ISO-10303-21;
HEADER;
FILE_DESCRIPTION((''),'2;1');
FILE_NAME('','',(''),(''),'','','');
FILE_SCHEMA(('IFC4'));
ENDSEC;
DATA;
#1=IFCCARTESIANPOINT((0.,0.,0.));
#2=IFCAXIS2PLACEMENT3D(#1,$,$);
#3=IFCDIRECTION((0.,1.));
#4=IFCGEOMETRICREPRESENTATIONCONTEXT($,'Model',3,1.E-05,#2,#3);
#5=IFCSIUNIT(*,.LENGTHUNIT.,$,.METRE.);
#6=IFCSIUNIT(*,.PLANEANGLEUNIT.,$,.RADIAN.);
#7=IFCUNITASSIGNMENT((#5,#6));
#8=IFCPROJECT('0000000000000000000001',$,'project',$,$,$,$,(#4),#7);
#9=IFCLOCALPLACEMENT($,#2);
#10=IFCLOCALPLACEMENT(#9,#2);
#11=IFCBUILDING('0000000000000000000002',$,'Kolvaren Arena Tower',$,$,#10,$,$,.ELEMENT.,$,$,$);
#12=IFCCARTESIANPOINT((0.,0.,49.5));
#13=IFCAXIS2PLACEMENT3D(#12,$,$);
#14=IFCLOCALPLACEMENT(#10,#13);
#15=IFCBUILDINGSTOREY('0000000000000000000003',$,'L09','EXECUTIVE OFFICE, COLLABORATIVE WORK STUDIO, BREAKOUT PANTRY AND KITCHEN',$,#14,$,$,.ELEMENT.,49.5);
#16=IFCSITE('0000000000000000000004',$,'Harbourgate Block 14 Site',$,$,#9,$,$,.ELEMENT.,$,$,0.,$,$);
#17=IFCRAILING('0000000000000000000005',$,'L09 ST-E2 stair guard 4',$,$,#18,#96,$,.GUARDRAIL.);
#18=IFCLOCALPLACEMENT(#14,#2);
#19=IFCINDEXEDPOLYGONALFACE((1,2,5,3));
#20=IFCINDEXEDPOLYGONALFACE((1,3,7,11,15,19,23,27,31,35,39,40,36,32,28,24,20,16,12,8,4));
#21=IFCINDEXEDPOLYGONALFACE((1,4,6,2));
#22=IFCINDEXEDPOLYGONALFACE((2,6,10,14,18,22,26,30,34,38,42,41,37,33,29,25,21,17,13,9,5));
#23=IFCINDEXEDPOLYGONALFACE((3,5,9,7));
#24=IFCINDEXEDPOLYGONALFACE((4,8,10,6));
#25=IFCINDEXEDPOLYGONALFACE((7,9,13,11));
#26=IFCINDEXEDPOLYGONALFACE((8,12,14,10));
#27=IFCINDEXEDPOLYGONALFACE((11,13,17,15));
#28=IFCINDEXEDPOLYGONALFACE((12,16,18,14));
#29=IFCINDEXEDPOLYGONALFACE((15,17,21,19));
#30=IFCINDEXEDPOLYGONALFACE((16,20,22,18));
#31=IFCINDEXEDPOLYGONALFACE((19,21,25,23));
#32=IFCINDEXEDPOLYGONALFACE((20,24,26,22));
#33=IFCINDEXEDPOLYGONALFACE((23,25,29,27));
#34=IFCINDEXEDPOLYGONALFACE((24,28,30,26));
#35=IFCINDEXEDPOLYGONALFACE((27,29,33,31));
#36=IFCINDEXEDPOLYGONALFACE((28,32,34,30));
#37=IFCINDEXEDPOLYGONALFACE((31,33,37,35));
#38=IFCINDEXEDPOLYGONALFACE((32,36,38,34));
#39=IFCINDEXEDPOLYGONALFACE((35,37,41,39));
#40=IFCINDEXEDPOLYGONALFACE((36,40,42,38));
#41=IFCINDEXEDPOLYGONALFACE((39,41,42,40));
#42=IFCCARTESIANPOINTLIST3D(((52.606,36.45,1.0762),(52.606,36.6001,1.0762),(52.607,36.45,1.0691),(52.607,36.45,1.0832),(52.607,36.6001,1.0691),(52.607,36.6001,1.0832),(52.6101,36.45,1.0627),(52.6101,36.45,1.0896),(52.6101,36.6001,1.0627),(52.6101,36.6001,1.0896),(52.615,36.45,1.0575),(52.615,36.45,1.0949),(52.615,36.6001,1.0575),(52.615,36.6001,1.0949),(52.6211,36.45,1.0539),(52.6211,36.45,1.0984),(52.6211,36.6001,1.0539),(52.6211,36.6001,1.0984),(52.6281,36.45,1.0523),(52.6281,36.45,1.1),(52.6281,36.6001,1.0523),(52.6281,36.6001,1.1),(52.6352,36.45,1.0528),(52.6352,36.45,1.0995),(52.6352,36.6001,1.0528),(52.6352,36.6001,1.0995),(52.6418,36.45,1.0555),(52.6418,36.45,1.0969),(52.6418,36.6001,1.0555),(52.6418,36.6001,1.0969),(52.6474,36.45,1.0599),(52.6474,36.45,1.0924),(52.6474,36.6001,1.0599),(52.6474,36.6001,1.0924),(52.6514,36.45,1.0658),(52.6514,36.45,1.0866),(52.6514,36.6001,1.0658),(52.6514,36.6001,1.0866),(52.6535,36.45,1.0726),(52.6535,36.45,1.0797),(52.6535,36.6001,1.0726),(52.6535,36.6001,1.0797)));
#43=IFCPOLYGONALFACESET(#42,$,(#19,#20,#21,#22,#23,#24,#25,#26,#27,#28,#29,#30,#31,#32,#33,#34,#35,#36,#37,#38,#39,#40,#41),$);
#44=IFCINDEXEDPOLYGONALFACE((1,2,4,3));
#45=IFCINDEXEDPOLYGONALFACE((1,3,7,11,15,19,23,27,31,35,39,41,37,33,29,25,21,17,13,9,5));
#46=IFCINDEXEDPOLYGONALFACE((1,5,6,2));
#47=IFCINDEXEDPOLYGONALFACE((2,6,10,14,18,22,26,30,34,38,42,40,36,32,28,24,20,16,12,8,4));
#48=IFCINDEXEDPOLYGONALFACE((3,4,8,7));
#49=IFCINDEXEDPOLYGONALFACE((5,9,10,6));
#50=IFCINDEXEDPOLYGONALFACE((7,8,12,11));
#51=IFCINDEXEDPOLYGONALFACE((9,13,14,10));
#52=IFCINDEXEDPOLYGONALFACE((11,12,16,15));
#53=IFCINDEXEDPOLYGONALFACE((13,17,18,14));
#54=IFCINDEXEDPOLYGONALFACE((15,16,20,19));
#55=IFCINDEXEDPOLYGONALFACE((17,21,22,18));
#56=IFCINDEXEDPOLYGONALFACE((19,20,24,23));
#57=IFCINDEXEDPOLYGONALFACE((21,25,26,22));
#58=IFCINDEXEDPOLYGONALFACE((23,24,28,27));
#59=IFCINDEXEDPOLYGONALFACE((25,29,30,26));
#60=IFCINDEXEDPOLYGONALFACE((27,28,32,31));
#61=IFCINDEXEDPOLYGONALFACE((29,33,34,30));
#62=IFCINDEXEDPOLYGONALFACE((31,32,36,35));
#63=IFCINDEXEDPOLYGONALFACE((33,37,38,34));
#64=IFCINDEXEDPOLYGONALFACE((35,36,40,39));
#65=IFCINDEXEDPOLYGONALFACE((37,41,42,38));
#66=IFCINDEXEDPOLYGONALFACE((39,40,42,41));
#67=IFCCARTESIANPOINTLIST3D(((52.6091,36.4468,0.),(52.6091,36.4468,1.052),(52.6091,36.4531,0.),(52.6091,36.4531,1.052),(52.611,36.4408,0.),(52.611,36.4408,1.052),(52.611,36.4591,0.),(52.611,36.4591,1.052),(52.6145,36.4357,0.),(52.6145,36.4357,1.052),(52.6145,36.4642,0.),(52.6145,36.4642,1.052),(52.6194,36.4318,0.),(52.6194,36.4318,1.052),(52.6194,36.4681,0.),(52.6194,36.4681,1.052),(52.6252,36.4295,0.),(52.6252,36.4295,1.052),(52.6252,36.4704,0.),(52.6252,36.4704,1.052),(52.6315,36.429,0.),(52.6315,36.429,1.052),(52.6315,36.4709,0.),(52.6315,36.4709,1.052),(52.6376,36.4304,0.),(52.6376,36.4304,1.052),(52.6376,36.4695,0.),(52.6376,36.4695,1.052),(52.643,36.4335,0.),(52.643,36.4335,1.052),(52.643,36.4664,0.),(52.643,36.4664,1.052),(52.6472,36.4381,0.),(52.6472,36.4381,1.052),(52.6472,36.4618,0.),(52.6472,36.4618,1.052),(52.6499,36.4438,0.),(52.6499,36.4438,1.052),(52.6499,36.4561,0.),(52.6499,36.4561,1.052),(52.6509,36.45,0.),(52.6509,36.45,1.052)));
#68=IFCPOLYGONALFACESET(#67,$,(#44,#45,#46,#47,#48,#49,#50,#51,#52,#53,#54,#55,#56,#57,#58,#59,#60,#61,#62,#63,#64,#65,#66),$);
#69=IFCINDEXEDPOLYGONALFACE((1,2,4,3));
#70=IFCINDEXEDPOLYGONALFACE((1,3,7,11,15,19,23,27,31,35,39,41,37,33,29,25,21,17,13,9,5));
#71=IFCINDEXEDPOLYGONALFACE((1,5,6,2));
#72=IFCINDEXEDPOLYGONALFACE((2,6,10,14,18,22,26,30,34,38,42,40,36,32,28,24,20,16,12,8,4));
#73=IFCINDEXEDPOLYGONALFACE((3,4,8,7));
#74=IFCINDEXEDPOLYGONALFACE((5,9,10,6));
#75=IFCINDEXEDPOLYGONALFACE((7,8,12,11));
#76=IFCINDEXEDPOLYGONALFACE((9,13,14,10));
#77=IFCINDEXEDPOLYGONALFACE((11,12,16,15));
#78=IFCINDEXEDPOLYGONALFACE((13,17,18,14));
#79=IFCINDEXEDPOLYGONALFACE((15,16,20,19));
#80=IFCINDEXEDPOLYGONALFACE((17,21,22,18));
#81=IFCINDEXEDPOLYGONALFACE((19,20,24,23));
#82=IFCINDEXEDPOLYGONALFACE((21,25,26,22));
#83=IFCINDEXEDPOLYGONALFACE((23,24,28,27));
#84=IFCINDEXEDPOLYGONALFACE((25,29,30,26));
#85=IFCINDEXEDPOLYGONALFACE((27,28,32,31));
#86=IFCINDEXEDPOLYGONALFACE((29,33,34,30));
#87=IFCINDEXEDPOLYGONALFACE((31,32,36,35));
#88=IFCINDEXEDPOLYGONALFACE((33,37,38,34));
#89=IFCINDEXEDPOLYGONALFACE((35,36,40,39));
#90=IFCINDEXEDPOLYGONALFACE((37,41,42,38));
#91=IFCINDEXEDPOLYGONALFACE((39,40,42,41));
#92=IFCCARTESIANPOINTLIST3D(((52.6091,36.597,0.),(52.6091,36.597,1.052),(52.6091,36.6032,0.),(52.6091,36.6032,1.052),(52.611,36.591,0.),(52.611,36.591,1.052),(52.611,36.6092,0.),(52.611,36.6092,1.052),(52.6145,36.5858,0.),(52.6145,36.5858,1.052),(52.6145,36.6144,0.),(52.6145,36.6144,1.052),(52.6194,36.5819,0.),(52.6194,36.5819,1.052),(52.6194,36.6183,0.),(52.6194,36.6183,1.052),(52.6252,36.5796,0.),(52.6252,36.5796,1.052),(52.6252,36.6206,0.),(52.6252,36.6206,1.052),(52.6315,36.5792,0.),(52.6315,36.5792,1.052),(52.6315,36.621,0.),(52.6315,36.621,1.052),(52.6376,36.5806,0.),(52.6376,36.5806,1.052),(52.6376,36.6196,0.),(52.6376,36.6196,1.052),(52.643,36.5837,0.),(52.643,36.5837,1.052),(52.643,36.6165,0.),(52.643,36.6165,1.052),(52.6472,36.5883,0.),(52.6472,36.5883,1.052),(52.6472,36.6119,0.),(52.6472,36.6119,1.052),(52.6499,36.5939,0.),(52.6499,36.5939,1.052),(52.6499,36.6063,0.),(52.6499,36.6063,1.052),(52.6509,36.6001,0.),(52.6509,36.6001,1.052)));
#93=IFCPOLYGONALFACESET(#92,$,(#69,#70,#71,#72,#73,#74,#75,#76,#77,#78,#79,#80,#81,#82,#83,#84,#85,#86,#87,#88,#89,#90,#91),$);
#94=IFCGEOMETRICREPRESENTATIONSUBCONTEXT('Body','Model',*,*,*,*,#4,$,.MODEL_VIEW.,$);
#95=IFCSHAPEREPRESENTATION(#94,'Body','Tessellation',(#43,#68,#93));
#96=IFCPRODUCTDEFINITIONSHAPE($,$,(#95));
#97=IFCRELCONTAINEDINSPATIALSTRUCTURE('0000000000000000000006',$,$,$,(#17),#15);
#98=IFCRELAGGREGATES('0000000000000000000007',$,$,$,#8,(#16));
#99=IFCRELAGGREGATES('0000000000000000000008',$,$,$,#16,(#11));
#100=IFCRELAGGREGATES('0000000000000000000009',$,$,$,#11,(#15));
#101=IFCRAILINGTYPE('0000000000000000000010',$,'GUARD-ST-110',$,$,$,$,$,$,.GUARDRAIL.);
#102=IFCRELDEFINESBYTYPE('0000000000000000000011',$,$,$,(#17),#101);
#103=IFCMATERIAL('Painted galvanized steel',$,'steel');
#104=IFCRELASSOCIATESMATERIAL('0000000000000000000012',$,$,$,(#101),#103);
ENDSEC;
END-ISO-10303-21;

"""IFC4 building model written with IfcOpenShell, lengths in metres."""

from ifc_helpers import new_model, si_unit, direction, frame, origin, origin_2d, place, context, subcontext, project, spatial, circle, extrude, material, type_object, element, save


model = new_model("IFC4")

# Units and contexts
model_context = context("Model", 3, precision=1e-05, world=origin(), true_north=direction((0.0, 1.0)))
body_context = subcontext(model_context, "Body", "Model", "MODEL_VIEW")
ifc_project = project(units=[si_unit("LENGTHUNIT", "METRE"), si_unit("PLANEANGLEUNIT", "RADIAN")], contexts=[model_context])

# Site, building, storey
site_placement = place(None, origin())
site = spatial("IfcSite", under=ifc_project, at=site_placement, Name="Harbourgate Block 14 Site", CompositionType="ELEMENT", RefElevation=0.0)
building_placement = place(site_placement, origin())
building = spatial("IfcBuilding", under=site, at=building_placement, Name="Kolvaren Arena Tower", CompositionType="ELEMENT")
storey_placement = place(building_placement, frame((0.0, 0.0, 49.5)))
storey = spatial("IfcBuildingStorey", under=building, at=storey_placement, Name="L09", Description="EXECUTIVE OFFICE, COLLABORATIVE WORK STUDIO, BREAKOUT PANTRY AND KITCHEN", CompositionType="ELEMENT", Elevation=49.5)

# Railing
ifc_material_1 = material(Name="Painted galvanized steel", Category="steel")
railing_type_1 = type_object("IfcRailingType", Name="GUARD-ST-110", PredefinedType="GUARDRAIL", material=ifc_material_1)
railing_1_placement = place(storey_placement, frame((52.6299, 36.45, 0.0)))
element("IfcRailing", 1, at=railing_1_placement, inside=storey, type_object=railing_type_1, Name="L09 ST-E2 stair guard 4", PredefinedType="GUARDRAIL", context=body_context, shape_type="SweptSolid", body=[
    extrude(circle(Radius=0.0239, at=origin_2d()), frame((0.0, 0.0, 1.0762), z_axis=(0.0, 1.0, 0.0), x_axis=(-1.0, 0.0, 0.0)), (0.0, 0.0, 1.0), 0.1501),
    extrude(circle(Radius=0.021, at=origin_2d()), origin(), (0.0, 0.0, 1.0), 1.052),
    extrude(circle(Radius=0.021, at=origin_2d()), frame((0.0, 0.1501, 0.0)), (0.0, 0.0, 1.0), 1.052),
])

save(model, "model.ifc")
